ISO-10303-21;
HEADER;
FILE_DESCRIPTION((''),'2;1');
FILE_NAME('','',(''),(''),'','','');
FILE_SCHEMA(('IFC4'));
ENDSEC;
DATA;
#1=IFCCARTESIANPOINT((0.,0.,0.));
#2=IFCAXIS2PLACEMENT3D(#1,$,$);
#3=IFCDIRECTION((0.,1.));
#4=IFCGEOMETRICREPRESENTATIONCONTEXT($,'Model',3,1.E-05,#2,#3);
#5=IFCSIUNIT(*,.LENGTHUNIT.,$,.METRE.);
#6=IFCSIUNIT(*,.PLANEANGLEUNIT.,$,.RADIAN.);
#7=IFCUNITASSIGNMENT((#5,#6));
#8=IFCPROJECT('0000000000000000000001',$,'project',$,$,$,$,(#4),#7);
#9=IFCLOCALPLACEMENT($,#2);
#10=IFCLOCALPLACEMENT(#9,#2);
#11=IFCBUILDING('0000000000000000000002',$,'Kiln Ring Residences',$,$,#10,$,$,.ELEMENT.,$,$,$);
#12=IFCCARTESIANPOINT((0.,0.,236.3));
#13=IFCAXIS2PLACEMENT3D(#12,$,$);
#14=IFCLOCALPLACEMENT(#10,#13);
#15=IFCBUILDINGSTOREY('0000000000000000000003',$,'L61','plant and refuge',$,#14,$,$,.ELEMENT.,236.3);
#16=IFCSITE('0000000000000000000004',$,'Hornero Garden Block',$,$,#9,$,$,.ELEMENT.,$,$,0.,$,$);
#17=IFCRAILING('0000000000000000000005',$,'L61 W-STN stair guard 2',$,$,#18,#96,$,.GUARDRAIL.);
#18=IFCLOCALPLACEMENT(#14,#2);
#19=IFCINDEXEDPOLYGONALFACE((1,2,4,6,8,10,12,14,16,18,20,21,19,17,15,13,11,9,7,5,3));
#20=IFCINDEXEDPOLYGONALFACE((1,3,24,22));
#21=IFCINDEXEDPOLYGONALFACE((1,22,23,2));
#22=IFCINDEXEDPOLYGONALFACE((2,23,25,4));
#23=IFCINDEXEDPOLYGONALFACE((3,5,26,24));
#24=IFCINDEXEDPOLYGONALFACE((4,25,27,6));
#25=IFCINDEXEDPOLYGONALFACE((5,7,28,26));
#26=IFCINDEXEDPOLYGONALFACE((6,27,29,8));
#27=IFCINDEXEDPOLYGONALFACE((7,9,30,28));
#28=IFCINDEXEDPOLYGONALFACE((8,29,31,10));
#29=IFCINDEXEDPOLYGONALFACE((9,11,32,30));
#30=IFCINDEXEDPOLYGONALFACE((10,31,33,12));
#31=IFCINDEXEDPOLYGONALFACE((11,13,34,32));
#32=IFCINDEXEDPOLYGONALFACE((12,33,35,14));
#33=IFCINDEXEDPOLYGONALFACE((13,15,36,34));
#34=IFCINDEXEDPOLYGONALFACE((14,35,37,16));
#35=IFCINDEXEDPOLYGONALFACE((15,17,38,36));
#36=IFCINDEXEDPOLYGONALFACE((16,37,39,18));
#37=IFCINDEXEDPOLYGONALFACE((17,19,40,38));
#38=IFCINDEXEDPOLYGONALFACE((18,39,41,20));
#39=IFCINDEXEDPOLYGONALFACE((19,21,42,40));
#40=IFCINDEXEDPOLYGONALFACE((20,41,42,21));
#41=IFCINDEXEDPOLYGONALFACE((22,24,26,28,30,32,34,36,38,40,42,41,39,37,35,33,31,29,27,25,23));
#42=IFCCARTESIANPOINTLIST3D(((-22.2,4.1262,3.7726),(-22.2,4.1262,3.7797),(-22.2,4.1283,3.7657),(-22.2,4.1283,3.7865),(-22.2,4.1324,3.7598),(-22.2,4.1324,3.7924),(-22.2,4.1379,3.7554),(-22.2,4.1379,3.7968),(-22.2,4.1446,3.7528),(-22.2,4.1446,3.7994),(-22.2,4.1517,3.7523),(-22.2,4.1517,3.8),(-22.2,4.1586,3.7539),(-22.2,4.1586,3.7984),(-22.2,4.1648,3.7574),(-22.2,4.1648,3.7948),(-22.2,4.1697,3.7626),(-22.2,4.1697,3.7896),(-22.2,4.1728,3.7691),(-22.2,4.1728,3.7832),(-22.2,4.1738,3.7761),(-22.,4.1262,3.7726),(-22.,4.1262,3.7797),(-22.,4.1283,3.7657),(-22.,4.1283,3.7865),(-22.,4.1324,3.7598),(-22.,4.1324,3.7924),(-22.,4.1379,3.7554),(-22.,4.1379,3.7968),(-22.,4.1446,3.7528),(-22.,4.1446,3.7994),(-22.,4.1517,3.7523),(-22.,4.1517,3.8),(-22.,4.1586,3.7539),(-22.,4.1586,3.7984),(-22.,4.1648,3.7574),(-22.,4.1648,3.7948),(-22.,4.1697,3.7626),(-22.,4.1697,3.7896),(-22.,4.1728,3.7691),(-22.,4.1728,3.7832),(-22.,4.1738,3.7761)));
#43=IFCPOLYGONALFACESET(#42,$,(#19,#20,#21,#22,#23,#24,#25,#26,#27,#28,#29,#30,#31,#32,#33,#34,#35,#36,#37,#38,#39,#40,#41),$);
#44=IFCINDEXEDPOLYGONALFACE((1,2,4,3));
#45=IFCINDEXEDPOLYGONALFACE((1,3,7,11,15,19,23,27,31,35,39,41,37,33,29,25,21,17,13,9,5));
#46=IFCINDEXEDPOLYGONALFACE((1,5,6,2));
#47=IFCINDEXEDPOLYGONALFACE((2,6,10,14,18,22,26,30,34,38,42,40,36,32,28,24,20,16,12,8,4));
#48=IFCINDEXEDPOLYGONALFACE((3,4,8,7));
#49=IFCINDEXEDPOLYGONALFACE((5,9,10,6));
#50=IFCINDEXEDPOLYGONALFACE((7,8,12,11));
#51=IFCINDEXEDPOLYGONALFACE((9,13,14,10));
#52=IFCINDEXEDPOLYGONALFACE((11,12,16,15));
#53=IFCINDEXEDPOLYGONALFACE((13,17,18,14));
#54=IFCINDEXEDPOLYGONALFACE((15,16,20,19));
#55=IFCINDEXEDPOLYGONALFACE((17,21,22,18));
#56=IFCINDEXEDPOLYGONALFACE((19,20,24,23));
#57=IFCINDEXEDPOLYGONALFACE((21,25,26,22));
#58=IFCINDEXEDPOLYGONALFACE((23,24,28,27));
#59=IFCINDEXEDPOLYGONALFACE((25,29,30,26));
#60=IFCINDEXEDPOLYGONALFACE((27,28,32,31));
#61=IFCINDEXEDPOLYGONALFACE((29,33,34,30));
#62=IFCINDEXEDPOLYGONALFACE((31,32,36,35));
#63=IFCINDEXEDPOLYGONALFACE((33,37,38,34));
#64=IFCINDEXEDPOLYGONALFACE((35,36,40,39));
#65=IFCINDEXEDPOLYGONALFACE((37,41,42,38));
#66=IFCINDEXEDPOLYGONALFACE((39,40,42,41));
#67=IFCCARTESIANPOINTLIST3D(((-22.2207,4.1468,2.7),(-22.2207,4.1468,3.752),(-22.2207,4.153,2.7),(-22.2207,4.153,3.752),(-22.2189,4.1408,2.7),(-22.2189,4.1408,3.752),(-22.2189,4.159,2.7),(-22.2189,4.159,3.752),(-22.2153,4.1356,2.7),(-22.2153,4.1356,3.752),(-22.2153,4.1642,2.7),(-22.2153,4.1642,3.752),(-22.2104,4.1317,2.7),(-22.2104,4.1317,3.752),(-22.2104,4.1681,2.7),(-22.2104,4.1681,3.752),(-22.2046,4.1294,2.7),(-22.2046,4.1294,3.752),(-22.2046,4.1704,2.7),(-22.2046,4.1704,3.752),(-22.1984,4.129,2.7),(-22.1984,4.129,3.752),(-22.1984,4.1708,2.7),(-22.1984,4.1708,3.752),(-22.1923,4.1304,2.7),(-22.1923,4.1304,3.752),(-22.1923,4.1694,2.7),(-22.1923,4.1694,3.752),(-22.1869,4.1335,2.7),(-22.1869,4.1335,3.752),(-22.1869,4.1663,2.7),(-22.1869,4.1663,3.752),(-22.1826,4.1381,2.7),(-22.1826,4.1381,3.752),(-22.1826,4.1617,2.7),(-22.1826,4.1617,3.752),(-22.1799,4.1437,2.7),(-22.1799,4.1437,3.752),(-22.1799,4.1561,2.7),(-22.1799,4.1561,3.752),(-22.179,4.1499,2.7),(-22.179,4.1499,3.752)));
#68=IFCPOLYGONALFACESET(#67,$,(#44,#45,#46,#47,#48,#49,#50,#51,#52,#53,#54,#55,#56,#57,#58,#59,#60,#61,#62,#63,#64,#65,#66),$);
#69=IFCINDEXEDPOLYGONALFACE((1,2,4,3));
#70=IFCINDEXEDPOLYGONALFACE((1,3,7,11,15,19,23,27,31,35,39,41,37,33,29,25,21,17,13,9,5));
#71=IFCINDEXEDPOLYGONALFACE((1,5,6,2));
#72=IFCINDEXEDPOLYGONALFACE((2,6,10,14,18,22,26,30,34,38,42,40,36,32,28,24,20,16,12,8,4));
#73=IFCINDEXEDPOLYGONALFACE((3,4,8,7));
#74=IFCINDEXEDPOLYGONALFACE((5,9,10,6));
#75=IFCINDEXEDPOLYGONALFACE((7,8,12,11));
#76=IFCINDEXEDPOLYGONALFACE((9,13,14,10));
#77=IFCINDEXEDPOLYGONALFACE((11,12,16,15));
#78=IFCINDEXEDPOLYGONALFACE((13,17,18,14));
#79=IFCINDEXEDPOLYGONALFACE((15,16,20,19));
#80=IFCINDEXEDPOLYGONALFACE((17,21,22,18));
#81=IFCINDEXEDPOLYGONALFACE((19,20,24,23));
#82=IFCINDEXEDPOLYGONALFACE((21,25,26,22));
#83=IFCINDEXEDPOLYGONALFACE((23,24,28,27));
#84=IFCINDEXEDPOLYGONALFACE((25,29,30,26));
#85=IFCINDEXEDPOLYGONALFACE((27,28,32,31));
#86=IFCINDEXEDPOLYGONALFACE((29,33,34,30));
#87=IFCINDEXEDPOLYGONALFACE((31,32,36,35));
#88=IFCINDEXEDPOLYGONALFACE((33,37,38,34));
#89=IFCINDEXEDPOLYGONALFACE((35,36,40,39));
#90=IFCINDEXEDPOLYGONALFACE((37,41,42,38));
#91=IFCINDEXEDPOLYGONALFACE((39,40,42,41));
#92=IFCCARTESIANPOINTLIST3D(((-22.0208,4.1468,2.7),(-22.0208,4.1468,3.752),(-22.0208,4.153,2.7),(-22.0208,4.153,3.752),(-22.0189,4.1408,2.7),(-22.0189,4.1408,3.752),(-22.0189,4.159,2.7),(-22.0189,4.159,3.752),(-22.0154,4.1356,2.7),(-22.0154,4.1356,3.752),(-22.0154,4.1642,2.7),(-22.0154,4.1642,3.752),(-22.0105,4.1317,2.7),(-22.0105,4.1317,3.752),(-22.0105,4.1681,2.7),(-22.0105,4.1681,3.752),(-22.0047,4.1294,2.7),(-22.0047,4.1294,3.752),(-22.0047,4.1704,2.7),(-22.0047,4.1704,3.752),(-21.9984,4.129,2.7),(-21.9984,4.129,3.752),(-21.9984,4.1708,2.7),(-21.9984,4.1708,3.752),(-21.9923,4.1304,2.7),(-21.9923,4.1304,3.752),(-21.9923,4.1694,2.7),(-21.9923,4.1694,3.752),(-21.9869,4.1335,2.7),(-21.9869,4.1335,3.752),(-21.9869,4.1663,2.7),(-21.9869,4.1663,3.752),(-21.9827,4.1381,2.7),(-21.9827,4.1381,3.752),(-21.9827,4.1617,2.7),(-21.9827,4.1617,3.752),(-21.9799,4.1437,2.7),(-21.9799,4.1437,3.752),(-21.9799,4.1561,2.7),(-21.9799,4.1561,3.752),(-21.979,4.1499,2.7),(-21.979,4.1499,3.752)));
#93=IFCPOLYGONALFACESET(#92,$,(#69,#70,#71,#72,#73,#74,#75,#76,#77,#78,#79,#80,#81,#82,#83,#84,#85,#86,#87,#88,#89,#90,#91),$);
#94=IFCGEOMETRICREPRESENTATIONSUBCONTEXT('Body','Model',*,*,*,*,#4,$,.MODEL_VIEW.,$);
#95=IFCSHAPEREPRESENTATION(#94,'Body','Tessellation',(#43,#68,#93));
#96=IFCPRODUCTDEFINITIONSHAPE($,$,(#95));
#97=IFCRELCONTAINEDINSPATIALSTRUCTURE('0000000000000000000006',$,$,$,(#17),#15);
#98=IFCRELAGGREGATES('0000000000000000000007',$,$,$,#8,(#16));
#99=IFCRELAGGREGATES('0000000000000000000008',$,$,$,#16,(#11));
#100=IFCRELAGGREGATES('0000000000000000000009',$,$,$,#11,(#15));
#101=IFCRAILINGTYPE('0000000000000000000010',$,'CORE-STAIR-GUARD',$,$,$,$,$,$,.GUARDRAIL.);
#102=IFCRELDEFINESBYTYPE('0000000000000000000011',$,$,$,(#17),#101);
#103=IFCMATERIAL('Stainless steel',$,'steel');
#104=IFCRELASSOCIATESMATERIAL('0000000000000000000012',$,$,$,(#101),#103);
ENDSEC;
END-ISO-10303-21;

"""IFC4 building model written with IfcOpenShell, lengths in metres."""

from ifc_helpers import new_model, si_unit, direction, frame, origin, origin_2d, place, context, subcontext, project, spatial, circle, extrude, material, type_object, element, save


model = new_model("IFC4")

# Units and contexts
model_context = context("Model", 3, precision=1e-05, world=origin(), true_north=direction((0.0, 1.0)))
body_context = subcontext(model_context, "Body", "Model", "MODEL_VIEW")
ifc_project = project(units=[si_unit("LENGTHUNIT", "METRE"), si_unit("PLANEANGLEUNIT", "RADIAN")], contexts=[model_context])

# Site, building, storey
site_placement = place(None, origin())
site = spatial("IfcSite", under=ifc_project, at=site_placement, Name="Hornero Garden Block", CompositionType="ELEMENT", RefElevation=0.0)
building_placement = place(site_placement, origin())
building = spatial("IfcBuilding", under=site, at=building_placement, Name="Kiln Ring Residences", CompositionType="ELEMENT")
storey_placement = place(building_placement, frame((0.0, 0.0, 236.3)))
storey = spatial("IfcBuildingStorey", under=building, at=storey_placement, Name="L61", Description="plant and refuge", CompositionType="ELEMENT", Elevation=236.3)

# Railing
ifc_material_1 = material(Name="Stainless steel", Category="steel")
railing_type_1 = type_object("IfcRailingType", Name="CORE-STAIR-GUARD", PredefinedType="GUARDRAIL", material=ifc_material_1)
railing_1_placement = place(storey_placement, frame((-22.2, 4.1499, 2.7)))
element("IfcRailing", 1, at=railing_1_placement, inside=storey, type_object=railing_type_1, Name="L61 W-STN stair guard 2", PredefinedType="GUARDRAIL", context=body_context, shape_type="SweptSolid", body=[
    extrude(circle(Radius=0.0239, at=origin_2d()), frame((0.0, 0.0, 1.0762), z_axis=(1.0, 0.0, 0.0), x_axis=(0.0, 1.0, 0.0)), (0.0, 0.0, 1.0), 0.2),
    extrude(circle(Radius=0.021, at=origin_2d()), origin(), (0.0, 0.0, 1.0), 1.052),
    extrude(circle(Radius=0.021, at=origin_2d()), frame((0.2, 0.0, 0.0)), (0.0, 0.0, 1.0), 1.052),
])

save(model, "model.ifc")
